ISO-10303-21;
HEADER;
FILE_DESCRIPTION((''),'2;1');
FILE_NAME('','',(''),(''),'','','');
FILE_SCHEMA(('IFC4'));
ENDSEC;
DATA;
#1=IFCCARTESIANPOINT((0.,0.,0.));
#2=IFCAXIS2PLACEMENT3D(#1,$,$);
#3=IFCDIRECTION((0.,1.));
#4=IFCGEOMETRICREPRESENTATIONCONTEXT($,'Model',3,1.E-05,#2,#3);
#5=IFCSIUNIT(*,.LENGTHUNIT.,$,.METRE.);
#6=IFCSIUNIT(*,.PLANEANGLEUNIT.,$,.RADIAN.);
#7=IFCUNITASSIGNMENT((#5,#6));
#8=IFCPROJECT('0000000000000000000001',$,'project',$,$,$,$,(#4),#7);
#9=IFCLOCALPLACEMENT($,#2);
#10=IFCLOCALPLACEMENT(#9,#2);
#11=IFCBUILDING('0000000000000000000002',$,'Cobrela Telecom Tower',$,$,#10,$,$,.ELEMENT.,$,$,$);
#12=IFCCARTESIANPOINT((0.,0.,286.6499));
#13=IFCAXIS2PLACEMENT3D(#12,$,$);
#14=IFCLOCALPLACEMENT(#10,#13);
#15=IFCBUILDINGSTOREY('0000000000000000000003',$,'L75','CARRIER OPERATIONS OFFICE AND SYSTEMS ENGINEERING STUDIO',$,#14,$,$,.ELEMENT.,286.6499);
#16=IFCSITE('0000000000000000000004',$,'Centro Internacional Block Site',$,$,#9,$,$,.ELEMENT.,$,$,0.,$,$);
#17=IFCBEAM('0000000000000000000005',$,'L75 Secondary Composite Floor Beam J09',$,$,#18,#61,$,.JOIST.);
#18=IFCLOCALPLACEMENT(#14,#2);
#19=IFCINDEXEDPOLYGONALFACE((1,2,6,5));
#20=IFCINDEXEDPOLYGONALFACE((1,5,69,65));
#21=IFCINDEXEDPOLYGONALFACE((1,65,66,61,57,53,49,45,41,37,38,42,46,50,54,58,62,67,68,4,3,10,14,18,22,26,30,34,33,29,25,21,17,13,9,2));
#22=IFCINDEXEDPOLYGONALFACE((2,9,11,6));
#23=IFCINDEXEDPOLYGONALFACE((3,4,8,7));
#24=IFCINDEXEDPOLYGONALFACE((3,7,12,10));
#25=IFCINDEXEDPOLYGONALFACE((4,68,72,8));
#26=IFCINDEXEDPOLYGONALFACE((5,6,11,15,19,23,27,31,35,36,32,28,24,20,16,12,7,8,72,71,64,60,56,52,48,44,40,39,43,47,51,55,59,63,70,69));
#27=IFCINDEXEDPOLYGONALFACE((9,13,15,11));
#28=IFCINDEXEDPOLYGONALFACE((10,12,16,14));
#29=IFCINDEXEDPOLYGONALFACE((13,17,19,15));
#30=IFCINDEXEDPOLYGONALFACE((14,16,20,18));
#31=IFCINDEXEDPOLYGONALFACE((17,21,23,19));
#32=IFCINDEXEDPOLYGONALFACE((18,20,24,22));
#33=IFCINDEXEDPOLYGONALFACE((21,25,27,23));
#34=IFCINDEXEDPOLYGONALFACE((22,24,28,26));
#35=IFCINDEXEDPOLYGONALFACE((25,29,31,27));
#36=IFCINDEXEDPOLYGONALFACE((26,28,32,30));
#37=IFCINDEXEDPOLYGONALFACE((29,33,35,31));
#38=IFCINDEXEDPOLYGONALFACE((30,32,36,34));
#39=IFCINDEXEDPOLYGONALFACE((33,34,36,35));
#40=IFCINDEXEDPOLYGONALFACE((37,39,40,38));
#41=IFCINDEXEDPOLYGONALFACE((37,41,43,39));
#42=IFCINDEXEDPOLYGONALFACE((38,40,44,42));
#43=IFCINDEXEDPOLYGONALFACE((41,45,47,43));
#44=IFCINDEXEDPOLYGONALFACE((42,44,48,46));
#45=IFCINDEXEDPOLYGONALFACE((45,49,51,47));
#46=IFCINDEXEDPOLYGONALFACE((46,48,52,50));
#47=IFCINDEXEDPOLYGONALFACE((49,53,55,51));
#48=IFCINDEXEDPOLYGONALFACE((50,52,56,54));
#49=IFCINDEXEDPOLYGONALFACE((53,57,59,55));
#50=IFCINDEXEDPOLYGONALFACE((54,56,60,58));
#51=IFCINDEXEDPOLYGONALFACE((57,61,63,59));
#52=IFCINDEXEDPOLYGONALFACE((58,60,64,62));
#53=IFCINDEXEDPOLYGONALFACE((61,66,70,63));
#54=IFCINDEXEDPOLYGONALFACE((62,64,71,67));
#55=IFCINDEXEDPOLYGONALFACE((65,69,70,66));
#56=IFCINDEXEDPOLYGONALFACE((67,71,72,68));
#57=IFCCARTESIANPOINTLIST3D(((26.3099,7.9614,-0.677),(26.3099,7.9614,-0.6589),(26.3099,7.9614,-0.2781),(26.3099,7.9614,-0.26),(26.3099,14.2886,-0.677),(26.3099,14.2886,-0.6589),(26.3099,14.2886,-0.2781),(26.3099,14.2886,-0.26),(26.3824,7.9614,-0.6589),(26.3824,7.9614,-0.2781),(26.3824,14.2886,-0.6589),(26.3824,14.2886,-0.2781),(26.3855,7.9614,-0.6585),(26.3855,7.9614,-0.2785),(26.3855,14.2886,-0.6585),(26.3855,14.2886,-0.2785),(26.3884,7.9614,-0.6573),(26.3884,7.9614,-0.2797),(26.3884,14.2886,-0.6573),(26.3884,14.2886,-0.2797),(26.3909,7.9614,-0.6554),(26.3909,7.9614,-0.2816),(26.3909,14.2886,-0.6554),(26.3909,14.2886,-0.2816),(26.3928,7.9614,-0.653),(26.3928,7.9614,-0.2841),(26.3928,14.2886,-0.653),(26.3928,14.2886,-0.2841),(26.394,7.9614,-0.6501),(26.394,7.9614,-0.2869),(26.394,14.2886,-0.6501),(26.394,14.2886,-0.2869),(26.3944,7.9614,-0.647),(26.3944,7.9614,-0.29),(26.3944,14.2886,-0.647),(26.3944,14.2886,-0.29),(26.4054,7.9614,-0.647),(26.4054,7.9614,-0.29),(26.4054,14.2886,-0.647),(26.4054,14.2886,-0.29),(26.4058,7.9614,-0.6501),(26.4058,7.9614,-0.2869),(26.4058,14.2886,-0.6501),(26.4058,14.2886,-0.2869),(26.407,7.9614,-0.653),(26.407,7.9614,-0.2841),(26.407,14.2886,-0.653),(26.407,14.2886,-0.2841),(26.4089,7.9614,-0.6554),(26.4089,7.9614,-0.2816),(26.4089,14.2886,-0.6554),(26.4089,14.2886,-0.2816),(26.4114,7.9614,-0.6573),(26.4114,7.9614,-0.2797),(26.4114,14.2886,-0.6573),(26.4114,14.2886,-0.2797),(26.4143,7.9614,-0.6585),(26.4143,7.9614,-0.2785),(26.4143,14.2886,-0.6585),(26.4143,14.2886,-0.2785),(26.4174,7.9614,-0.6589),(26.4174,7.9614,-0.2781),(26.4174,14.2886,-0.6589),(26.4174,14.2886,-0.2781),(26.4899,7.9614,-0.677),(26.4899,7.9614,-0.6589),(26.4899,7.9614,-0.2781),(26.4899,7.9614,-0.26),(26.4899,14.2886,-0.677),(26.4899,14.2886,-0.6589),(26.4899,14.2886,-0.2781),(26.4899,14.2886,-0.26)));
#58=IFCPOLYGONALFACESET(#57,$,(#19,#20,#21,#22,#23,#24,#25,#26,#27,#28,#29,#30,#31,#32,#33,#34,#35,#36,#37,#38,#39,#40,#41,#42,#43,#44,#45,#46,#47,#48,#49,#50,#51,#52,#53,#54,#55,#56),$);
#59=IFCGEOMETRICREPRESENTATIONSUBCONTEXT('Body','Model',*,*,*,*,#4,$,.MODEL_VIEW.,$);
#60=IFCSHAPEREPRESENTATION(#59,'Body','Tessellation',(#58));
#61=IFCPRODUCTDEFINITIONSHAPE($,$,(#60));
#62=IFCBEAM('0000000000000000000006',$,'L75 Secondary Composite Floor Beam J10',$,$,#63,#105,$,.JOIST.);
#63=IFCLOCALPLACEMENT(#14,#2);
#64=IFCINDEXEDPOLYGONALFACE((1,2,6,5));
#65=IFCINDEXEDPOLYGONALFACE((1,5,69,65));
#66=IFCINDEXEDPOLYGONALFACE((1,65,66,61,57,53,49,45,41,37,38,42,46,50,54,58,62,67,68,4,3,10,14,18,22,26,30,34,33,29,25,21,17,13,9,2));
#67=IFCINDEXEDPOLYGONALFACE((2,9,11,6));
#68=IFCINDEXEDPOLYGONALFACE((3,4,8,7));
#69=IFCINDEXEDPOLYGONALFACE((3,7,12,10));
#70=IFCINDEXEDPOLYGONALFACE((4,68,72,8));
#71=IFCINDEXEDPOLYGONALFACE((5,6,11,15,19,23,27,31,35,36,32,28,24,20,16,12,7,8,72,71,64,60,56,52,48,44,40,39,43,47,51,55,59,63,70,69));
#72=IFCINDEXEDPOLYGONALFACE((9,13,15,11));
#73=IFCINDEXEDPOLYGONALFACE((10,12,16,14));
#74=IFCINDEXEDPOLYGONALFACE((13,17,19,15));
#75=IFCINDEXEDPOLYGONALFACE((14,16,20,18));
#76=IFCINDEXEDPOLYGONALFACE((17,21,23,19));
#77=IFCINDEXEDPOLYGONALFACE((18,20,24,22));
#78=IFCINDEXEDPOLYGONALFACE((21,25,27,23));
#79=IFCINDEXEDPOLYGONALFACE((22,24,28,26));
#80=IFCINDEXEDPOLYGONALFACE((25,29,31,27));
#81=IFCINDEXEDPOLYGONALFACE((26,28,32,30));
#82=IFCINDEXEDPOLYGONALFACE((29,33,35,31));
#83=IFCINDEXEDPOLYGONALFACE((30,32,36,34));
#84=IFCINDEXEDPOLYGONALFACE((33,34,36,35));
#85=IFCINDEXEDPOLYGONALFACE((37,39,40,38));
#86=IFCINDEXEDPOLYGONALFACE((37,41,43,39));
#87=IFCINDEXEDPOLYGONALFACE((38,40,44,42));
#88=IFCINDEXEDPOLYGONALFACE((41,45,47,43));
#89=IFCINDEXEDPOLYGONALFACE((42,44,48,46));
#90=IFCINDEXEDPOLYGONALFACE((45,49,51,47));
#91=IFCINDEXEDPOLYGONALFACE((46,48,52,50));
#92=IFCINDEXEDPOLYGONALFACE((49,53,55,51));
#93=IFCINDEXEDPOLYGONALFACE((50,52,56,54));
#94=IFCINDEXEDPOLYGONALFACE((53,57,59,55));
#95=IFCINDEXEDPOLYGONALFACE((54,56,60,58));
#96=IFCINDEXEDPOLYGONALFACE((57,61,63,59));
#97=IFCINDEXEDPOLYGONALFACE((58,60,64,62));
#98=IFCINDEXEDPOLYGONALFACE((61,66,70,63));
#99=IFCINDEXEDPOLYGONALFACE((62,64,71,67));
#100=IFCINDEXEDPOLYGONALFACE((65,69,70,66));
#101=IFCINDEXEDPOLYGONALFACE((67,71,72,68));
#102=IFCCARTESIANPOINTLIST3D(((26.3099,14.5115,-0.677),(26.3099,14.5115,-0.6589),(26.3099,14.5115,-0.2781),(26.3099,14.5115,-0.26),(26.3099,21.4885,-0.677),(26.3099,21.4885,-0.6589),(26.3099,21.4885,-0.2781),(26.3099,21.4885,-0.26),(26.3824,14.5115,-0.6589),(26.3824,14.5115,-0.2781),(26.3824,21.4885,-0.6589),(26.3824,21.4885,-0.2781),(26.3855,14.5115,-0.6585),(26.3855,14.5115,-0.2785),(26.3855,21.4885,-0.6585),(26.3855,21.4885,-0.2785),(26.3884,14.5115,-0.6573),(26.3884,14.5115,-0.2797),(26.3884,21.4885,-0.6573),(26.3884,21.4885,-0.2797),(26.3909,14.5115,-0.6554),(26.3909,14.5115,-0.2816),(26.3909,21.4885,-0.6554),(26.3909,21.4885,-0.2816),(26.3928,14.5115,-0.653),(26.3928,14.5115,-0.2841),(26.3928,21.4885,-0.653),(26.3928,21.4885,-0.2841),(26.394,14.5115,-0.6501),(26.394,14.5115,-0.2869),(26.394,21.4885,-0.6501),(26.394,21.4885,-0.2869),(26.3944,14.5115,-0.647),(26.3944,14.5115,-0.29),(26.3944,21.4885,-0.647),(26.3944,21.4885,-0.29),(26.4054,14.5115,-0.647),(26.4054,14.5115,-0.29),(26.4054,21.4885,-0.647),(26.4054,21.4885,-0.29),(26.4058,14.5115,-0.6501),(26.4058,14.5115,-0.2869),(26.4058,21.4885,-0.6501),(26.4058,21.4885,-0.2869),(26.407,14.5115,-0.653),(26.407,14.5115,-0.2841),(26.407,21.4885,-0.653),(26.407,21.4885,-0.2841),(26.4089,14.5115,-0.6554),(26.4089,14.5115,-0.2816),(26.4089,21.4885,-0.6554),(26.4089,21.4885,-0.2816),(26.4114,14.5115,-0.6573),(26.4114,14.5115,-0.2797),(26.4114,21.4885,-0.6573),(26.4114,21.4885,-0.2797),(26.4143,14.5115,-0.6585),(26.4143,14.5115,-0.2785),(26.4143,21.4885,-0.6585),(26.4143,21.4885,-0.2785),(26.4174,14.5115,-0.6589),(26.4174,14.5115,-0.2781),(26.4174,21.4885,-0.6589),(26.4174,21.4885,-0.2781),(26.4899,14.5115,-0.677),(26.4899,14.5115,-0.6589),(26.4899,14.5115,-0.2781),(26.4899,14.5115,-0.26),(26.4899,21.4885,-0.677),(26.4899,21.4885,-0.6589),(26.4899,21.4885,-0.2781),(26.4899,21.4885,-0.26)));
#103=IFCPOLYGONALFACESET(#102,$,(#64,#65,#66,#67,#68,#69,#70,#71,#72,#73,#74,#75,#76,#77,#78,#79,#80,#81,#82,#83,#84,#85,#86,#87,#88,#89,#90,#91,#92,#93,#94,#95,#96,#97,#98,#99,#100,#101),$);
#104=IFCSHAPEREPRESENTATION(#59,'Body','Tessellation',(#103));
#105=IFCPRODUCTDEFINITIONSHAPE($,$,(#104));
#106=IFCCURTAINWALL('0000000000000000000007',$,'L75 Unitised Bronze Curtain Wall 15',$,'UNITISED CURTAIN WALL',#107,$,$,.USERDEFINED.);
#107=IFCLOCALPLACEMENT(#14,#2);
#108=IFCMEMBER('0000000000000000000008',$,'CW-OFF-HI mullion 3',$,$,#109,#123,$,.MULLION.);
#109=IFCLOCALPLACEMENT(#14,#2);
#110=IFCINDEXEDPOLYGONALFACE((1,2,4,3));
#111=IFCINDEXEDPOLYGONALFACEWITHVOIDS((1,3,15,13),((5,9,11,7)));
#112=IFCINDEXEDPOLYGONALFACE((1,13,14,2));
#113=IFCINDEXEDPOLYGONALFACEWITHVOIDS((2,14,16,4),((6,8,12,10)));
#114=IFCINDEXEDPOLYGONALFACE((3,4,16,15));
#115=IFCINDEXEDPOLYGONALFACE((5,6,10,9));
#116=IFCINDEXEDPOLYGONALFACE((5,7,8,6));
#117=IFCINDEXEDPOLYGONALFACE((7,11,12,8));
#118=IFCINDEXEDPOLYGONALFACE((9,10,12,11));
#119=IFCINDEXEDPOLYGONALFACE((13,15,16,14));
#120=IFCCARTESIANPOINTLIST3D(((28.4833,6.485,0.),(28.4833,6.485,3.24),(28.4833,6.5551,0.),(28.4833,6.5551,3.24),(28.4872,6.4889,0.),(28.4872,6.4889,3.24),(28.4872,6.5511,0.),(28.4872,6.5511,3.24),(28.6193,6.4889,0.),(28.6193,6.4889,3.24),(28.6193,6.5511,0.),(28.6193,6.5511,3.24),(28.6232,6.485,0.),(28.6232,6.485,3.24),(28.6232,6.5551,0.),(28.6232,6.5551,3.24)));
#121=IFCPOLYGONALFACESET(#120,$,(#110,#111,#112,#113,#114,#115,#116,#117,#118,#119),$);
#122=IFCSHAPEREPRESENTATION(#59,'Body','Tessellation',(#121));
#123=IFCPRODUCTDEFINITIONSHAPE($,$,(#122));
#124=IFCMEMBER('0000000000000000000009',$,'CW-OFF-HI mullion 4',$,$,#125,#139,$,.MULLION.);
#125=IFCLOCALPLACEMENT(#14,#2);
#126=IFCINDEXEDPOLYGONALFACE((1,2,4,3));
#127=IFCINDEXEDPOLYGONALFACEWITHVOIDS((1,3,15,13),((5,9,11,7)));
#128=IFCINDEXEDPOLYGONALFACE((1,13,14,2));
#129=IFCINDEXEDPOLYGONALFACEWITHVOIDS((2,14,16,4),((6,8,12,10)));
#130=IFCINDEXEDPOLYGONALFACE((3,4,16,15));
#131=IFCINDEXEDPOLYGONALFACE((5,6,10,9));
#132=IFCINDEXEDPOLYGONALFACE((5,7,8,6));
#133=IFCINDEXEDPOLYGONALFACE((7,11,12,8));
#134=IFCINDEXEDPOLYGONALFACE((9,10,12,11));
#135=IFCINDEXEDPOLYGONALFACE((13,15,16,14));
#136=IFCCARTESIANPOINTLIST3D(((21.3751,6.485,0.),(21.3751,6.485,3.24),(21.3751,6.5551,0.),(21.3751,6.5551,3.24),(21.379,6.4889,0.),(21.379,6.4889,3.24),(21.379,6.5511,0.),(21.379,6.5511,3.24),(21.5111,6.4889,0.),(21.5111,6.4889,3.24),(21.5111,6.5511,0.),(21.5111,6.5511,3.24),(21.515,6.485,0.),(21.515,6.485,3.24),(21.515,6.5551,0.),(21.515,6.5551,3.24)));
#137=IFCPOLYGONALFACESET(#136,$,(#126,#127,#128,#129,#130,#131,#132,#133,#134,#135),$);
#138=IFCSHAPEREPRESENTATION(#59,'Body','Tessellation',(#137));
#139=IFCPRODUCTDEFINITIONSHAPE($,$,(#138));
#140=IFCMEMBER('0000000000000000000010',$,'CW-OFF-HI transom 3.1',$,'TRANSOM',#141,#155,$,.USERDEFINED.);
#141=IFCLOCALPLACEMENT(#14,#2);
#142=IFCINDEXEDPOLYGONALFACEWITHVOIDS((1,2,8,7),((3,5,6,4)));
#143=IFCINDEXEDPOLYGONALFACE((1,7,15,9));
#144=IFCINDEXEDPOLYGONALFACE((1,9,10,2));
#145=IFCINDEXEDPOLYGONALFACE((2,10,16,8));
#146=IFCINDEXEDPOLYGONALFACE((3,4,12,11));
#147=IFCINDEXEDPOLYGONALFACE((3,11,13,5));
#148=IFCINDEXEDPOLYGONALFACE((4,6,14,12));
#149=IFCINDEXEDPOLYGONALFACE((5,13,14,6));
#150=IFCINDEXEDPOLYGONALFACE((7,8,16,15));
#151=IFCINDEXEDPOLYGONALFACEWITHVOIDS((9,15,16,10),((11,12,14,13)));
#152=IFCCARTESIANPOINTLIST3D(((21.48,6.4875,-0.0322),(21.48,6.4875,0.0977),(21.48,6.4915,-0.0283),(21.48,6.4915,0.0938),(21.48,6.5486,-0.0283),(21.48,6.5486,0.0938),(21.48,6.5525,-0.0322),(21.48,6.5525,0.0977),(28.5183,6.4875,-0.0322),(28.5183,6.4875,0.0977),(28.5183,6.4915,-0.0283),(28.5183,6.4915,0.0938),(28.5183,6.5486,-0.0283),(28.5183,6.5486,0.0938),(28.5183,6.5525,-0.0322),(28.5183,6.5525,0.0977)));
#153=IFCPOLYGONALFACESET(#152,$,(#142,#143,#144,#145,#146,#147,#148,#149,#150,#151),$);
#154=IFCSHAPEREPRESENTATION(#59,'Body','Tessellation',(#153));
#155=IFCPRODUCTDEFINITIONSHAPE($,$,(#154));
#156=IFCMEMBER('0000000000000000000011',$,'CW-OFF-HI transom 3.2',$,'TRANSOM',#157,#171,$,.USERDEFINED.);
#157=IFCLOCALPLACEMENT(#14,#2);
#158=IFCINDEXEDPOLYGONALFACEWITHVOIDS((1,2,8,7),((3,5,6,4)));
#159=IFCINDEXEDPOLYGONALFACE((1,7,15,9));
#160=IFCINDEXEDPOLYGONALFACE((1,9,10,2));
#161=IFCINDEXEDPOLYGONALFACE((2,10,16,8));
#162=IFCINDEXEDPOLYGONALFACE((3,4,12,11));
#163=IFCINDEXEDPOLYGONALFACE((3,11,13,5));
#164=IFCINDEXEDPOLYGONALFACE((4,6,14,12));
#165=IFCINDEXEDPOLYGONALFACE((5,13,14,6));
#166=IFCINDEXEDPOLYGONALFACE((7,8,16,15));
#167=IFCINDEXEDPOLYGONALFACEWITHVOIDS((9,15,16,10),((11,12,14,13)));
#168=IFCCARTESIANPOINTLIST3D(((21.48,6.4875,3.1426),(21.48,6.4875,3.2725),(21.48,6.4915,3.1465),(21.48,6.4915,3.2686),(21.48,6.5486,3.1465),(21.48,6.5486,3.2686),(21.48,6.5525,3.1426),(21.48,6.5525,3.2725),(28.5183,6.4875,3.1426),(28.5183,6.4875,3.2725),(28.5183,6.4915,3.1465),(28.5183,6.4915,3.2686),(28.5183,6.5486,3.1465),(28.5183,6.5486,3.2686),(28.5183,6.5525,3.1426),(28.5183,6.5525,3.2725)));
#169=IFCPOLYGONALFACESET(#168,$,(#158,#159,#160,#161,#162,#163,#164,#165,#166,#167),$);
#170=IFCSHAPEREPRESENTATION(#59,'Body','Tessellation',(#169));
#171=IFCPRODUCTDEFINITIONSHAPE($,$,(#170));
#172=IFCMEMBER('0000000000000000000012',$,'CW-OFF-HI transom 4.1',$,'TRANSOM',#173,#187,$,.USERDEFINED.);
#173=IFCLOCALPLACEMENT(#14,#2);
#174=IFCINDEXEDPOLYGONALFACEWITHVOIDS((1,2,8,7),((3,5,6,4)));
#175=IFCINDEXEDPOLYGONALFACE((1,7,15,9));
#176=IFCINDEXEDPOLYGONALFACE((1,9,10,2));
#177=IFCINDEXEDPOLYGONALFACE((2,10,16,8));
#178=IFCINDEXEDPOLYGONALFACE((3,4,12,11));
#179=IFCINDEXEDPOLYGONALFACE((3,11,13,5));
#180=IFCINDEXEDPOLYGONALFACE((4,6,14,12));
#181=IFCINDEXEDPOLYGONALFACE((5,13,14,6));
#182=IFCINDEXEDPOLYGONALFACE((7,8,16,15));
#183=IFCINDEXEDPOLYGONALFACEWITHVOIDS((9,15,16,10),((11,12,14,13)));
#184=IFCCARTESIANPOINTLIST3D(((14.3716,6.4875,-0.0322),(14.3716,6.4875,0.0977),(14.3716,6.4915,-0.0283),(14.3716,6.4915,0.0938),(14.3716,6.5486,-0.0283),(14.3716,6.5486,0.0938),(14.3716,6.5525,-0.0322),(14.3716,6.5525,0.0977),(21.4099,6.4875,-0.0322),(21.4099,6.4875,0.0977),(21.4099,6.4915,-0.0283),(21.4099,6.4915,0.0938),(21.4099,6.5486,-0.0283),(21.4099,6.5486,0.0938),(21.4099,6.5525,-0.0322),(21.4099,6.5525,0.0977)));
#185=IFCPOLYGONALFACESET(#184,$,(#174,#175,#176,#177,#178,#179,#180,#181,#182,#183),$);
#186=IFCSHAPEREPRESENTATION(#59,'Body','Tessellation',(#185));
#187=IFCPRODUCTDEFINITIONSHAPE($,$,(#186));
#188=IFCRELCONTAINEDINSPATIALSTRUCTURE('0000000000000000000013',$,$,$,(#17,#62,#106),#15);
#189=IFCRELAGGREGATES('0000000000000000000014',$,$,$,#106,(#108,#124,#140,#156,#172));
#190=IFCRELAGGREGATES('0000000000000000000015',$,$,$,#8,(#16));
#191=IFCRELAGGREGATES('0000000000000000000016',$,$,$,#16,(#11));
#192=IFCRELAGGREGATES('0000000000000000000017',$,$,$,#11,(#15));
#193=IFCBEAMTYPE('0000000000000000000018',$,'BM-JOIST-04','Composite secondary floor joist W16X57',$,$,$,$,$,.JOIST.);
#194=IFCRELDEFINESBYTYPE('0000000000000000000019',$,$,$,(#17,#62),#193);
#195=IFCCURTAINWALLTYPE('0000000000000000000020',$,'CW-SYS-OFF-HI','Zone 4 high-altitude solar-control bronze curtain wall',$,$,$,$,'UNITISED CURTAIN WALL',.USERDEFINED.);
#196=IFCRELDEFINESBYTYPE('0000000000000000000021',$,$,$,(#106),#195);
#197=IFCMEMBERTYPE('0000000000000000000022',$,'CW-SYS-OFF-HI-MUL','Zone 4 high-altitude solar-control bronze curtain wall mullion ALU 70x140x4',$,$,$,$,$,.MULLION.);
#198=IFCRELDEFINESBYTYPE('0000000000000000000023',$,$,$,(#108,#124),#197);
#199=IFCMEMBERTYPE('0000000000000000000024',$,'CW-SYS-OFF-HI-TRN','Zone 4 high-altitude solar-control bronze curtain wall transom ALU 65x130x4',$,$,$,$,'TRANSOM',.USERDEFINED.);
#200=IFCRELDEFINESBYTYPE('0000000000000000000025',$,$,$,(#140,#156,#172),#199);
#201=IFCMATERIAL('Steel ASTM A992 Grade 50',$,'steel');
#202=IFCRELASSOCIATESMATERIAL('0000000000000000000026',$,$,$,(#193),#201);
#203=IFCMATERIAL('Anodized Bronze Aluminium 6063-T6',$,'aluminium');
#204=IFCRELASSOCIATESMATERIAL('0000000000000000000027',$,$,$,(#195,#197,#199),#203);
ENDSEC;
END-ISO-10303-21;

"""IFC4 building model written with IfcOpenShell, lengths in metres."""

from ifc_helpers import new_model, si_unit, direction, frame, origin, origin_2d, place, context, subcontext, project, spatial, hollow_rectangle, i_section, extrude, material, material_profile, profile_set, type_object, element, aggregate, save


model = new_model("IFC4")

# Units and contexts
model_context = context("Model", 3, precision=1e-05, world=origin(), true_north=direction((0.0, 1.0)))
body_context = subcontext(model_context, "Body", "Model", "MODEL_VIEW")
ifc_project = project(units=[si_unit("LENGTHUNIT", "METRE"), si_unit("PLANEANGLEUNIT", "RADIAN")], contexts=[model_context])

# Site, building, storey
site_placement = place(None, origin())
site = spatial("IfcSite", under=ifc_project, at=site_placement, Name="Centro Internacional Block Site", CompositionType="ELEMENT", RefElevation=0.0)
building_placement = place(site_placement, origin())
building = spatial("IfcBuilding", under=site, at=building_placement, Name="Cobrela Telecom Tower", CompositionType="ELEMENT")
storey_placement = place(building_placement, frame((0.0, 0.0, 286.6499)))
storey = spatial("IfcBuildingStorey", under=building, at=storey_placement, Name="L75", Description="CARRIER OPERATIONS OFFICE AND SYSTEMS ENGINEERING STUDIO", CompositionType="ELEMENT", Elevation=286.6499)

# Shared definitions
ifc_material_1 = material(Name="Steel ASTM A992 Grade 50", Category="steel")

# Beams
ifc_material_profile_1 = material_profile(ifc_material_1, i_section(OverallWidth=0.1799, OverallDepth=0.417, WebThickness=0.011, FlangeThickness=0.0181, FilletRadius=0.012, at=origin_2d()), Name="W16X57")
ifc_profile_set_1 = profile_set([ifc_material_profile_1], Name="Steel ASTM A992 Grade 50")
beam_type_1 = type_object("IfcBeamType", Name="BM-JOIST-04", Description="Composite secondary floor joist W16X57", PredefinedType="JOIST", material=ifc_profile_set_1)
beam_1_placement = place(storey_placement, frame((26.3999, 7.9614, -0.4685), z_axis=(0.0, 1.0, 0.0), x_axis=(-1.0, 0.0, 0.0)))
element("IfcBeam", 1, at=beam_1_placement, inside=storey, type_object=beam_type_1, Name="L75 Secondary Composite Floor Beam J09", PredefinedType="JOIST", context=body_context, shape_type="SweptSolid", body=[
    extrude(i_section(OverallWidth=0.1799, OverallDepth=0.417, WebThickness=0.011, FlangeThickness=0.0181, FilletRadius=0.012, at=origin_2d()), origin(), (0.0, 0.0, 1.0), 6.3271),
])
beam_2_placement = place(storey_placement, frame((26.3999, 14.5115, -0.4685), z_axis=(0.0, 1.0, 0.0), x_axis=(-1.0, 0.0, 0.0)))
element("IfcBeam", 2, at=beam_2_placement, inside=storey, type_object=beam_type_1, Name="L75 Secondary Composite Floor Beam J10", PredefinedType="JOIST", context=body_context, shape_type="SweptSolid", body=[
    extrude(i_section(OverallWidth=0.1799, OverallDepth=0.417, WebThickness=0.011, FlangeThickness=0.0181, FilletRadius=0.012, at=origin_2d()), origin(), (0.0, 0.0, 1.0), 6.9771),
])

# Curtain wall, members
ifc_material_2 = material(Name="Anodized Bronze Aluminium 6063-T6", Category="aluminium")
curtain_wall_type = type_object("IfcCurtainWallType", Name="CW-SYS-OFF-HI", Description="Zone 4 high-altitude solar-control bronze curtain wall", ElementType="UNITISED CURTAIN WALL", PredefinedType="USERDEFINED", material=ifc_material_2)
curtain_wall_placement = place(storey_placement, origin())
curtain_wall = element("IfcCurtainWall", 3, at=curtain_wall_placement, inside=storey, type_object=curtain_wall_type, Name="L75 Unitised Bronze Curtain Wall 15", ObjectType="UNITISED CURTAIN WALL", PredefinedType="USERDEFINED")
ifc_material_profile_2 = material_profile(ifc_material_2, hollow_rectangle(XDim=0.0701, YDim=0.1399, WallThickness=0.0039, at=origin_2d()), Name="ALU 70x140x4")
ifc_profile_set_2 = profile_set([ifc_material_profile_2], Name="Anodized Bronze Aluminium 6063-T6")
member_type_1 = type_object("IfcMemberType", Name="CW-SYS-OFF-HI-MUL", Description="Zone 4 high-altitude solar-control bronze curtain wall mullion ALU 70x140x4", PredefinedType="MULLION", material=ifc_profile_set_2)
member_1_placement = place(storey_placement, frame((28.5532, 6.52, 0.0), z_axis=(0.0, 0.0, 1.0), x_axis=(0.0, -1.0, 0.0)))
member_1 = element("IfcMember", 4, at=member_1_placement, type_object=member_type_1, Name="CW-OFF-HI mullion 3", PredefinedType="MULLION", context=body_context, shape_type="SweptSolid", body=[
    extrude(hollow_rectangle(XDim=0.0701, YDim=0.1399, WallThickness=0.0039, at=origin_2d()), origin(), (0.0, 0.0, 1.0), 3.24),
])
member_2_placement = place(storey_placement, frame((21.4451, 6.52, 0.0), z_axis=(0.0, 0.0, 1.0), x_axis=(0.0, -1.0, 0.0)))
member_2 = element("IfcMember", 5, at=member_2_placement, type_object=member_type_1, Name="CW-OFF-HI mullion 4", PredefinedType="MULLION", context=body_context, shape_type="SweptSolid", body=[
    extrude(hollow_rectangle(XDim=0.0701, YDim=0.1399, WallThickness=0.0039, at=origin_2d()), origin(), (0.0, 0.0, 1.0), 3.24),
])
ifc_material_profile_3 = material_profile(ifc_material_2, hollow_rectangle(XDim=0.0649, YDim=0.1299, WallThickness=0.0039, at=origin_2d()), Name="ALU 65x130x4")
ifc_profile_set_3 = profile_set([ifc_material_profile_3], Name="Anodized Bronze Aluminium 6063-T6")
member_type_2 = type_object("IfcMemberType", Name="CW-SYS-OFF-HI-TRN", Description="Zone 4 high-altitude solar-control bronze curtain wall transom ALU 65x130x4", ElementType="TRANSOM", PredefinedType="USERDEFINED", material=ifc_profile_set_3)
member_3_placement = place(storey_placement, frame((28.5183, 6.52, 0.0327), z_axis=(-1.0, 0.0, 0.0), x_axis=(0.0, -1.0, 0.0)))
member_3 = element("IfcMember", 6, at=member_3_placement, type_object=member_type_2, Name="CW-OFF-HI transom 3.1", ObjectType="TRANSOM", PredefinedType="USERDEFINED", context=body_context, shape_type="SweptSolid", body=[
    extrude(hollow_rectangle(XDim=0.0649, YDim=0.1299, WallThickness=0.0039, at=origin_2d()), origin(), (0.0, 0.0, 1.0), 7.0383),
])
member_4_placement = place(storey_placement, frame((28.5183, 6.52, 3.2075), z_axis=(-1.0, 0.0, 0.0), x_axis=(0.0, -1.0, 0.0)))
member_4 = element("IfcMember", 7, at=member_4_placement, type_object=member_type_2, Name="CW-OFF-HI transom 3.2", ObjectType="TRANSOM", PredefinedType="USERDEFINED", context=body_context, shape_type="SweptSolid", body=[
    extrude(hollow_rectangle(XDim=0.0649, YDim=0.1299, WallThickness=0.0039, at=origin_2d()), origin(), (0.0, 0.0, 1.0), 7.0383),
])
member_5_placement = place(storey_placement, frame((21.4099, 6.52, 0.0327), z_axis=(-1.0, 0.0, 0.0), x_axis=(0.0, -1.0, 0.0)))
member_5 = element("IfcMember", 8, at=member_5_placement, type_object=member_type_2, Name="CW-OFF-HI transom 4.1", ObjectType="TRANSOM", PredefinedType="USERDEFINED", context=body_context, shape_type="SweptSolid", body=[
    extrude(hollow_rectangle(XDim=0.0649, YDim=0.1299, WallThickness=0.0039, at=origin_2d()), origin(), (0.0, 0.0, 1.0), 7.0383),
])
aggregate(curtain_wall, [member_1, member_2, member_3, member_4, member_5])

save(model, "model.ifc")
